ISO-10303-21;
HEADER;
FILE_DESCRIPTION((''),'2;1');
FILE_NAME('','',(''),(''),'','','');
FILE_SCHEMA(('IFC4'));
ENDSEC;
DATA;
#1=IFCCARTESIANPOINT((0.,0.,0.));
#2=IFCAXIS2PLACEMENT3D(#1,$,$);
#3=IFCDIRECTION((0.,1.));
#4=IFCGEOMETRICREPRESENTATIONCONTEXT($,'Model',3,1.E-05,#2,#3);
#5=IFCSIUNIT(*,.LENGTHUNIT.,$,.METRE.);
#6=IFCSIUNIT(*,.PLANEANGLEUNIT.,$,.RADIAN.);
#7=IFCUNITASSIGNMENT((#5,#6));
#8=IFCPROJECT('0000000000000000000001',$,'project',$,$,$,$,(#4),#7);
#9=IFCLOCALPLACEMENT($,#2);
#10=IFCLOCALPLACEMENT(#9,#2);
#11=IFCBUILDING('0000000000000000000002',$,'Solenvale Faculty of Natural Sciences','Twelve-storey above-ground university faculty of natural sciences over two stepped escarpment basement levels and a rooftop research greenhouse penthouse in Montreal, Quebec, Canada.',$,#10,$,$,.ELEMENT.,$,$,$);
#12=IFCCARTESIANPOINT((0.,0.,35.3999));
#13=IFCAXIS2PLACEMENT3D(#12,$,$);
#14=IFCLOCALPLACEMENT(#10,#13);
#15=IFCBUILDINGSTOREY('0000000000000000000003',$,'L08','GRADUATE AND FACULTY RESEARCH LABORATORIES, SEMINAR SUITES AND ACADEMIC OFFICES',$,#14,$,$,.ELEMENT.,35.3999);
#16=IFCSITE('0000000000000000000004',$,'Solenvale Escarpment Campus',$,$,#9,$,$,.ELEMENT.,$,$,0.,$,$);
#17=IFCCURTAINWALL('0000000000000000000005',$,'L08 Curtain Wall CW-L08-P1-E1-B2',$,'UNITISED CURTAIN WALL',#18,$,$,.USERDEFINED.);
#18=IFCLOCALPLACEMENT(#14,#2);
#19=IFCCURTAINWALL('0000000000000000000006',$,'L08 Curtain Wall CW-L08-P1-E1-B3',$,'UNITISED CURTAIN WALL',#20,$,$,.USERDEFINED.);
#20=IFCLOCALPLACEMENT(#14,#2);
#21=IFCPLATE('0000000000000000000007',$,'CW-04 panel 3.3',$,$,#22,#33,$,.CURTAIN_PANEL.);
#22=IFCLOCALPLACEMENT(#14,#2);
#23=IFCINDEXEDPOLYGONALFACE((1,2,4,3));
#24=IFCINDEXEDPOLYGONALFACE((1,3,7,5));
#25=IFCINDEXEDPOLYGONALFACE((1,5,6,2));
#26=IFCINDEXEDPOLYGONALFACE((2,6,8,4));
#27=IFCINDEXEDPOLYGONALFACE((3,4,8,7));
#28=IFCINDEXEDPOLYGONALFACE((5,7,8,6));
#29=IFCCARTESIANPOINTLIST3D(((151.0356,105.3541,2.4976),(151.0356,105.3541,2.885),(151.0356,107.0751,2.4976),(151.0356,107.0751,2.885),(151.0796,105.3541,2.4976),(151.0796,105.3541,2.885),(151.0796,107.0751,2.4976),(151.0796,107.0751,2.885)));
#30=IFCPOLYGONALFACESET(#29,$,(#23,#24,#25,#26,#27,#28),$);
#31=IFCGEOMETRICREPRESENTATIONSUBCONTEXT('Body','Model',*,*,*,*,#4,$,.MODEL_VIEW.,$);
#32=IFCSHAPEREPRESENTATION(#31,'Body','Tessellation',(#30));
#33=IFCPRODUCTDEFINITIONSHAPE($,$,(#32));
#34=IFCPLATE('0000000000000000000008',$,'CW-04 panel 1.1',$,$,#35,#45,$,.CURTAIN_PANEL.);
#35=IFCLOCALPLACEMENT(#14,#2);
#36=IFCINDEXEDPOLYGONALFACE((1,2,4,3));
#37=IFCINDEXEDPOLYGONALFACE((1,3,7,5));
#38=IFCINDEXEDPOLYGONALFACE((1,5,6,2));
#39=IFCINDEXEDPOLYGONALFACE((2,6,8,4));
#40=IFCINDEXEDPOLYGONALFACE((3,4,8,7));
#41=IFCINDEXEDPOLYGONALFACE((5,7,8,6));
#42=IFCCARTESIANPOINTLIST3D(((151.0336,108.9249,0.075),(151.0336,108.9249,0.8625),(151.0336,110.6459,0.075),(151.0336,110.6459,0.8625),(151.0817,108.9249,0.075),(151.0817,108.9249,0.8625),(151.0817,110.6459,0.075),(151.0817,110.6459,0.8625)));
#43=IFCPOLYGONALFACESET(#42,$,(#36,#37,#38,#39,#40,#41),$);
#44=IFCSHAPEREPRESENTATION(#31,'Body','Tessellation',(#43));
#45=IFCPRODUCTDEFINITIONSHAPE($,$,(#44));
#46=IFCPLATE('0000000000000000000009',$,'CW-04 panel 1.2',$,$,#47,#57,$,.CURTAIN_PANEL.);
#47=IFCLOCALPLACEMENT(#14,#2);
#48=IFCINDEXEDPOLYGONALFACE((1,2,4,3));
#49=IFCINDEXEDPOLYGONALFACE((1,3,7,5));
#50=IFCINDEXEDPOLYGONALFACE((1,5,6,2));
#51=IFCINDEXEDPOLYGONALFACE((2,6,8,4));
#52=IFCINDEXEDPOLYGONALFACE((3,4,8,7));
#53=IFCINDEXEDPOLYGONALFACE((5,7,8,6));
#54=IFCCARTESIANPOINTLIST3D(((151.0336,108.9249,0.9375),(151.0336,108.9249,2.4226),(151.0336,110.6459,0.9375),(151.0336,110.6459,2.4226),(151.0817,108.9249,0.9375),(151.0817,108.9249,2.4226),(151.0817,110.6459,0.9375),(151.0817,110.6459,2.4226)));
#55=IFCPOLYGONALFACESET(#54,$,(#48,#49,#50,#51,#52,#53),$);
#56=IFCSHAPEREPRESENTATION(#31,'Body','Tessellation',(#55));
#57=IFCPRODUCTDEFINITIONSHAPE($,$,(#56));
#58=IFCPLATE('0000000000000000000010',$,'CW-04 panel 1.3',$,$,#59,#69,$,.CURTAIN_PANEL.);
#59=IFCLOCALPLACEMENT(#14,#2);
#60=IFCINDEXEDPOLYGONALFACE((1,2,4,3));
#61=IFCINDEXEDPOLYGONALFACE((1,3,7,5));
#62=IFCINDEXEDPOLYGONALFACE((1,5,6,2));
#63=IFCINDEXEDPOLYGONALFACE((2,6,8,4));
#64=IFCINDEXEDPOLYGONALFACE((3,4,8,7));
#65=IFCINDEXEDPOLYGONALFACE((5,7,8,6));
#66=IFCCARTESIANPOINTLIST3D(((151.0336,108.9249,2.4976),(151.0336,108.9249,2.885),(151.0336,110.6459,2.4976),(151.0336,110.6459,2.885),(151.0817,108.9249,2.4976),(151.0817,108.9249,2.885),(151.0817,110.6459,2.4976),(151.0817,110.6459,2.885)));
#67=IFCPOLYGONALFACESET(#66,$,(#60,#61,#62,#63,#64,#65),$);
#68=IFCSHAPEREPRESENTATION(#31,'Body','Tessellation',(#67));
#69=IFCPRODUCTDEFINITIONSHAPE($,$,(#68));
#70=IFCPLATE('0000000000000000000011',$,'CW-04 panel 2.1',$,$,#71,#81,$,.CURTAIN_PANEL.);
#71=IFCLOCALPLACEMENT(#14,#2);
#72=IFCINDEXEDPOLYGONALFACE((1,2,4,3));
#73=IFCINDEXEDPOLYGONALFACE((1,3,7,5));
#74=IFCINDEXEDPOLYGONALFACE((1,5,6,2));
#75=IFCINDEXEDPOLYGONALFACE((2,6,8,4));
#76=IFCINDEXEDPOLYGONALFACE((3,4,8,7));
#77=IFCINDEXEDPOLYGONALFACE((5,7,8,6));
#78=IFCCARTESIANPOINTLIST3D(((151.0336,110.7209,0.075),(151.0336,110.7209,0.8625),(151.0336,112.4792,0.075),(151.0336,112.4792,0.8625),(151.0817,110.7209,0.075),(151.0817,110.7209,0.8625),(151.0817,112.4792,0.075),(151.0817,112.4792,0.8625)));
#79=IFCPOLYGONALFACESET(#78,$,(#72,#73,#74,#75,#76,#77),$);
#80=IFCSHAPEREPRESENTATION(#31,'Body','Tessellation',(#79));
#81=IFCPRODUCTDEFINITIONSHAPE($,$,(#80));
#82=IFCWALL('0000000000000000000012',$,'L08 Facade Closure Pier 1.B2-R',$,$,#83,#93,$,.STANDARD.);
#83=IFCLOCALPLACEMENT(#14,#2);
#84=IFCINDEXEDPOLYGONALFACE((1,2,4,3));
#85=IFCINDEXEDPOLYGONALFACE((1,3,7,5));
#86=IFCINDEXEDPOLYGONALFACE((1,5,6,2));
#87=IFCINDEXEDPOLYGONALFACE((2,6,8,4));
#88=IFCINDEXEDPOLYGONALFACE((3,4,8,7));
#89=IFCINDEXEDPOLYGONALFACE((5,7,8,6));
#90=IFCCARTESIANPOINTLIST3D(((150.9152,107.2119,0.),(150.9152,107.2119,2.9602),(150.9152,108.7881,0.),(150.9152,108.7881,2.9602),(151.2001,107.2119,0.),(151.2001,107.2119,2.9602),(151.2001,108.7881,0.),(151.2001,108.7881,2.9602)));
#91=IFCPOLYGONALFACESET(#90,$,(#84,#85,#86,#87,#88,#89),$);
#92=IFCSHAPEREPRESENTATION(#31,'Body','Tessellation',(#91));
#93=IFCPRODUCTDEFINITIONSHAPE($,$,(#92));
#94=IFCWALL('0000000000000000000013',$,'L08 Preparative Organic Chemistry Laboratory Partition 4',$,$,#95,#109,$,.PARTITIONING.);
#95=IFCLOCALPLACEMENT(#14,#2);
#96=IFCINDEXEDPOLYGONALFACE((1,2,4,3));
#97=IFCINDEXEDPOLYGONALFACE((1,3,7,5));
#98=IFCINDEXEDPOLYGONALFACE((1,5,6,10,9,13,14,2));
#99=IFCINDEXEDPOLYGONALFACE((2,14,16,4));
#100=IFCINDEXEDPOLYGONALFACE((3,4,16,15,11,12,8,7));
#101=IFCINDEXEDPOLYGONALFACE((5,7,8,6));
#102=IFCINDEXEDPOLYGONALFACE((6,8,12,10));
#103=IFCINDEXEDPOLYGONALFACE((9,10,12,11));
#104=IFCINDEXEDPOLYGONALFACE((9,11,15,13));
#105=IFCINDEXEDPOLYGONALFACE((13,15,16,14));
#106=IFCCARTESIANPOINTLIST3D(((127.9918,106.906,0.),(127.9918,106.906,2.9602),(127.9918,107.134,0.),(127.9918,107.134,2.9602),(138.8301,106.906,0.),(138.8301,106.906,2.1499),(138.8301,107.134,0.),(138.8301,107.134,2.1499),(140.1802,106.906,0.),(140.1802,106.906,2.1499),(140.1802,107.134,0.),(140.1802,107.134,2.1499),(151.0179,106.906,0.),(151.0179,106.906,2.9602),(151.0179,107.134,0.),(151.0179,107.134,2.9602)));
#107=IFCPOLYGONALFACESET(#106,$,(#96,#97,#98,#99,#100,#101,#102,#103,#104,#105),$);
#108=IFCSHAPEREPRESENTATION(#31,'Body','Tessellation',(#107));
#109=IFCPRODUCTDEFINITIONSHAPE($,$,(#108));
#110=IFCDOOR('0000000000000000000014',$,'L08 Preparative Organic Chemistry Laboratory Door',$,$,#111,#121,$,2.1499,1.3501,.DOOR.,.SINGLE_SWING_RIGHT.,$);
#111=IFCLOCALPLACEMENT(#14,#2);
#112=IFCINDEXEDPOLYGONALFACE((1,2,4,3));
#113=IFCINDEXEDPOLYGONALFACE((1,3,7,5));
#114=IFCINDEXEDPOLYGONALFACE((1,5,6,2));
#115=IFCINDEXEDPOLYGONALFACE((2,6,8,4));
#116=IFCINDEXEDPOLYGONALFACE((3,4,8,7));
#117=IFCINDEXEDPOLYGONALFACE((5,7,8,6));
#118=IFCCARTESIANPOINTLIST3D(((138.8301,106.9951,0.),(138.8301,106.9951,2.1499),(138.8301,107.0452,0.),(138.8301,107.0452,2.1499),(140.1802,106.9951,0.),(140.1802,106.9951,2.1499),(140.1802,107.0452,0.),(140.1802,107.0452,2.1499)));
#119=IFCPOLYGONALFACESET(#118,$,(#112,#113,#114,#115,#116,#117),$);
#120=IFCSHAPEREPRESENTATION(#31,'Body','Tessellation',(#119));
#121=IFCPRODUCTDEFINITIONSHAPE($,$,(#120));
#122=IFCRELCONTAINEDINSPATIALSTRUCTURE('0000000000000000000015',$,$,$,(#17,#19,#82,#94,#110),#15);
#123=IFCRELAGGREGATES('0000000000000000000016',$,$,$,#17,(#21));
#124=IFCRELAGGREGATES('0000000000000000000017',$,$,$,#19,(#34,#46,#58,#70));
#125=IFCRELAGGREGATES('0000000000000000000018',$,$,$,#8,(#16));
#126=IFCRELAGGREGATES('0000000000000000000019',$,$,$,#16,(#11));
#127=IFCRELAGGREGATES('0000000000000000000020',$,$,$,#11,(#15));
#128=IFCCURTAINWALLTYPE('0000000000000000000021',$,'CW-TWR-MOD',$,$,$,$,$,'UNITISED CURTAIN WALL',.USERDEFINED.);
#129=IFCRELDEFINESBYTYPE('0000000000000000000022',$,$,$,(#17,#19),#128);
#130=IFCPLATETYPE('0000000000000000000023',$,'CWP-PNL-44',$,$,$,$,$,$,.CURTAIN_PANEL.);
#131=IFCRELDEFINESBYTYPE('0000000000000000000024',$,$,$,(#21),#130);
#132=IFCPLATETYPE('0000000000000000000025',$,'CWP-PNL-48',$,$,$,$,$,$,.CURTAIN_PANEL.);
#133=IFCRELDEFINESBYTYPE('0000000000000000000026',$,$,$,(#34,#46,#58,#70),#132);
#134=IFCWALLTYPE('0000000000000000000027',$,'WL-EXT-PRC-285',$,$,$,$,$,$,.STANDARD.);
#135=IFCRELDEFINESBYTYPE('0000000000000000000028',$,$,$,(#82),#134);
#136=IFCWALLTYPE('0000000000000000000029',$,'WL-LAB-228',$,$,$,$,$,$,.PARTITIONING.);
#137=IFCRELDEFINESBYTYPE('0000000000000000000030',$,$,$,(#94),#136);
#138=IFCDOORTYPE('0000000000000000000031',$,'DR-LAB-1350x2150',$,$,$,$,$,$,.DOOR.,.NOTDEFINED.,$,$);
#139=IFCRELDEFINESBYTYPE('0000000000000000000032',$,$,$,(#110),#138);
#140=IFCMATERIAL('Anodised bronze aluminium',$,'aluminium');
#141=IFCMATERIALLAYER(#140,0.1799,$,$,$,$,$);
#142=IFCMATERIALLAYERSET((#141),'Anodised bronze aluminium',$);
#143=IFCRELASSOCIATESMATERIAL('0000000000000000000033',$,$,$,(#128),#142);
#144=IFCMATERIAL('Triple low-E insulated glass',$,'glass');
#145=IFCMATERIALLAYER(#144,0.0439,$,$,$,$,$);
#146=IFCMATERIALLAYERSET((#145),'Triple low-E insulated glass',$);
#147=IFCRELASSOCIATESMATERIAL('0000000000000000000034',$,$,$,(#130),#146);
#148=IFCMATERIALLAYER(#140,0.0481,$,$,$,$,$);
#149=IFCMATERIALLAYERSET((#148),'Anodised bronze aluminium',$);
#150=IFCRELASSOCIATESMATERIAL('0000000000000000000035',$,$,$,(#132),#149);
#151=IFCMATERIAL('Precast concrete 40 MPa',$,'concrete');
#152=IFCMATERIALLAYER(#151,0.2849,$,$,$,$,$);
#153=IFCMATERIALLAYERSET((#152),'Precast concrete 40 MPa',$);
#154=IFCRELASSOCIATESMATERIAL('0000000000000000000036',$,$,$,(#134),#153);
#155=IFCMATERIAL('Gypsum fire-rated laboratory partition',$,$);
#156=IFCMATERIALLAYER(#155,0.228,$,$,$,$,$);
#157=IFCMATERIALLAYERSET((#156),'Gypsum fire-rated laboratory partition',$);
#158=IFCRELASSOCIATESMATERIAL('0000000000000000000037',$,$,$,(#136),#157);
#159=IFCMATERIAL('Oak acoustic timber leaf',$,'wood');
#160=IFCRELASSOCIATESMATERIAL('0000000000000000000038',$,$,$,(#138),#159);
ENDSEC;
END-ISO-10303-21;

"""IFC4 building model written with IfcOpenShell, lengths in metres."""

from ifc_helpers import new_model, si_unit, direction, frame, frame_2d, origin, origin_2d, place, context, subcontext, project, spatial, rectangle, extrude, material, layer, layer_set, type_object, element, fill, aggregate, save


model = new_model("IFC4")

# Units and contexts
model_context = context("Model", 3, precision=1e-05, world=origin(), true_north=direction((0.0, 1.0)))
body_context = subcontext(model_context, "Body", "Model", "MODEL_VIEW")
ifc_project = project(units=[si_unit("LENGTHUNIT", "METRE"), si_unit("PLANEANGLEUNIT", "RADIAN")], contexts=[model_context])

# Site, building, storey
site_placement = place(None, origin())
site = spatial("IfcSite", under=ifc_project, at=site_placement, Name="Solenvale Escarpment Campus", CompositionType="ELEMENT", RefElevation=0.0)
building_placement = place(site_placement, origin())
building = spatial("IfcBuilding", under=site, at=building_placement, Name="Solenvale Faculty of Natural Sciences", Description="Twelve-storey above-ground university faculty of natural sciences over two stepped escarpment basement levels and a rooftop research greenhouse penthouse in Montreal, Quebec, Canada.", CompositionType="ELEMENT")
storey_placement = place(building_placement, frame((0.0, 0.0, 35.3999)))
storey = spatial("IfcBuildingStorey", under=building, at=storey_placement, Name="L08", Description="GRADUATE AND FACULTY RESEARCH LABORATORIES, SEMINAR SUITES AND ACADEMIC OFFICES", CompositionType="ELEMENT", Elevation=35.3999)

# Curtain wall
ifc_material_1 = material(Name="Anodised bronze aluminium", Category="aluminium")
ifc_layer_1 = layer(ifc_material_1, 0.1799)
ifc_layer_set_1 = layer_set([ifc_layer_1], Name="Anodised bronze aluminium")
curtain_wall_type = type_object("IfcCurtainWallType", Name="CW-TWR-MOD", ElementType="UNITISED CURTAIN WALL", PredefinedType="USERDEFINED", material=ifc_layer_set_1)
curtain_wall_1_placement = place(storey_placement, origin())
curtain_wall_1 = element("IfcCurtainWall", 1, at=curtain_wall_1_placement, inside=storey, type_object=curtain_wall_type, Name="L08 Curtain Wall CW-L08-P1-E1-B2", ObjectType="UNITISED CURTAIN WALL", PredefinedType="USERDEFINED")

# Curtain wall
curtain_wall_2_placement = place(storey_placement, origin())
curtain_wall_2 = element("IfcCurtainWall", 2, at=curtain_wall_2_placement, inside=storey, type_object=curtain_wall_type, Name="L08 Curtain Wall CW-L08-P1-E1-B3", ObjectType="UNITISED CURTAIN WALL", PredefinedType="USERDEFINED")

# Plates
ifc_material_2 = material(Name="Triple low-E insulated glass", Category="glass")
ifc_layer_2 = layer(ifc_material_2, 0.0439)
ifc_layer_set_2 = layer_set([ifc_layer_2], Name="Triple low-E insulated glass")
plate_type_1 = type_object("IfcPlateType", Name="CWP-PNL-44", PredefinedType="CURTAIN_PANEL", material=ifc_layer_set_2)
plate_1_placement = place(storey_placement, frame((151.0576, 106.2146, 2.4976), z_axis=(0.0, 0.0, 1.0), x_axis=(0.0, 1.0, 0.0)))
plate_1 = element("IfcPlate", 3, at=plate_1_placement, type_object=plate_type_1, Name="CW-04 panel 3.3", PredefinedType="CURTAIN_PANEL", context=body_context, shape_type="SweptSolid", body=[
    extrude(rectangle(XDim=1.7209, YDim=0.0439, at=origin_2d()), origin(), (0.0, 0.0, 1.0), 0.3875),
])
aggregate(curtain_wall_1, [plate_1])
ifc_layer_3 = layer(ifc_material_1, 0.0481)
ifc_layer_set_3 = layer_set([ifc_layer_3], Name="Anodised bronze aluminium")
plate_type_2 = type_object("IfcPlateType", Name="CWP-PNL-48", PredefinedType="CURTAIN_PANEL", material=ifc_layer_set_3)
plate_2_placement = place(storey_placement, frame((151.0576, 109.7854, 0.075), z_axis=(0.0, 0.0, 1.0), x_axis=(0.0, 1.0, 0.0)))
plate_2 = element("IfcPlate", 4, at=plate_2_placement, type_object=plate_type_2, Name="CW-04 panel 1.1", PredefinedType="CURTAIN_PANEL", context=body_context, shape_type="SweptSolid", body=[
    extrude(rectangle(XDim=1.7209, YDim=0.0481, at=origin_2d()), origin(), (0.0, 0.0, 1.0), 0.7876),
])
plate_3_placement = place(storey_placement, frame((151.0576, 109.7854, 0.9375), z_axis=(0.0, 0.0, 1.0), x_axis=(0.0, 1.0, 0.0)))
plate_3 = element("IfcPlate", 5, at=plate_3_placement, type_object=plate_type_2, Name="CW-04 panel 1.2", PredefinedType="CURTAIN_PANEL", context=body_context, shape_type="SweptSolid", body=[
    extrude(rectangle(XDim=1.7209, YDim=0.0481, at=origin_2d()), origin(), (0.0, 0.0, 1.0), 1.4851),
])
plate_4_placement = place(storey_placement, frame((151.0576, 109.7854, 2.4976), z_axis=(0.0, 0.0, 1.0), x_axis=(0.0, 1.0, 0.0)))
plate_4 = element("IfcPlate", 6, at=plate_4_placement, type_object=plate_type_2, Name="CW-04 panel 1.3", PredefinedType="CURTAIN_PANEL", context=body_context, shape_type="SweptSolid", body=[
    extrude(rectangle(XDim=1.7209, YDim=0.0481, at=origin_2d()), origin(), (0.0, 0.0, 1.0), 0.3875),
])
plate_5_placement = place(storey_placement, frame((151.0576, 111.6001, 0.075), z_axis=(0.0, 0.0, 1.0), x_axis=(0.0, 1.0, 0.0)))
plate_5 = element("IfcPlate", 7, at=plate_5_placement, type_object=plate_type_2, Name="CW-04 panel 2.1", PredefinedType="CURTAIN_PANEL", context=body_context, shape_type="SweptSolid", body=[
    extrude(rectangle(XDim=1.7583, YDim=0.0481, at=origin_2d()), origin(), (0.0, 0.0, 1.0), 0.7876),
])
aggregate(curtain_wall_2, [plate_2, plate_3, plate_4, plate_5])

# Wall
ifc_material_3 = material(Name="Precast concrete 40 MPa", Category="concrete")
ifc_layer_4 = layer(ifc_material_3, 0.2849)
ifc_layer_set_4 = layer_set([ifc_layer_4], Name="Precast concrete 40 MPa")
wall_type_1 = type_object("IfcWallType", Name="WL-EXT-PRC-285", PredefinedType="STANDARD", material=ifc_layer_set_4)
wall_1_placement = place(storey_placement, frame((151.0576, 107.2119, 0.0), z_axis=(0.0, 0.0, 1.0), x_axis=(0.0, 1.0, 0.0)))
element("IfcWall", 8, at=wall_1_placement, inside=storey, type_object=wall_type_1, Name="L08 Facade Closure Pier 1.B2-R", PredefinedType="STANDARD", context=body_context, shape_type="SweptSolid", body=[
    extrude(rectangle(XDim=1.5762, YDim=0.2849, at=frame_2d((0.7881, 0.0))), origin(), (0.0, 0.0, 1.0), 2.9602),
])

# Wall, opening, door
ifc_material_4 = material(Name="Gypsum fire-rated laboratory partition")
ifc_layer_5 = layer(ifc_material_4, 0.228)
ifc_layer_set_5 = layer_set([ifc_layer_5], Name="Gypsum fire-rated laboratory partition")
wall_type_2 = type_object("IfcWallType", Name="WL-LAB-228", PredefinedType="PARTITIONING", material=ifc_layer_set_5)
wall_2_placement = place(storey_placement, frame((151.0181, 107.02, 0.0), z_axis=(0.0, 0.0, 1.0), x_axis=(-1.0, 0.0, 0.0)))
wall_2 = element("IfcWall", 9, at=wall_2_placement, inside=storey, type_object=wall_type_2, Name="L08 Preparative Organic Chemistry Laboratory Partition 4", PredefinedType="PARTITIONING", context=body_context, shape_type="SweptSolid", body=[
    extrude(rectangle(XDim=23.0261, YDim=0.228, at=frame_2d((11.5132, 0.0))), origin(), (0.0, 0.0, 1.0), 2.9602),
])
opening_placement = place(wall_2_placement, frame((10.8379, 0.0, 0.0)))
opening = element("IfcOpeningElement", 10, at=opening_placement, cuts=wall_2, PredefinedType="OPENING", context=body_context, shape_type="SweptSolid", body=[
    extrude(rectangle(XDim=1.3501, YDim=2.1499, at=frame_2d((0.675, 1.075))), frame((0.0, 0.124, 0.0), z_axis=(0.0, -1.0, 0.0), x_axis=(1.0, 0.0, 0.0)), (0.0, 0.0, 1.0), 0.248),
])
ifc_material_5 = material(Name="Oak acoustic timber leaf", Category="wood")
door_type = type_object("IfcDoorType", Name="DR-LAB-1350x2150", OperationType="NOTDEFINED", PredefinedType="DOOR", material=ifc_material_5)
door_placement = place(opening_placement, origin())
door = element("IfcDoor", 11, at=door_placement, inside=storey, type_object=door_type, Name="L08 Preparative Organic Chemistry Laboratory Door", OperationType="SINGLE_SWING_RIGHT", OverallHeight=2.1499, OverallWidth=1.3501, PredefinedType="DOOR", context=body_context, shape_type="SweptSolid", body=[
    extrude(rectangle(XDim=1.3501, YDim=2.1499, at=frame_2d((0.675, 1.075))), frame((0.0, 0.0249, 0.0), z_axis=(0.0, -1.0, 0.0), x_axis=(1.0, 0.0, 0.0)), (0.0, 0.0, 1.0), 0.05),
])
fill(opening, door)

save(model, "model.ifc")
